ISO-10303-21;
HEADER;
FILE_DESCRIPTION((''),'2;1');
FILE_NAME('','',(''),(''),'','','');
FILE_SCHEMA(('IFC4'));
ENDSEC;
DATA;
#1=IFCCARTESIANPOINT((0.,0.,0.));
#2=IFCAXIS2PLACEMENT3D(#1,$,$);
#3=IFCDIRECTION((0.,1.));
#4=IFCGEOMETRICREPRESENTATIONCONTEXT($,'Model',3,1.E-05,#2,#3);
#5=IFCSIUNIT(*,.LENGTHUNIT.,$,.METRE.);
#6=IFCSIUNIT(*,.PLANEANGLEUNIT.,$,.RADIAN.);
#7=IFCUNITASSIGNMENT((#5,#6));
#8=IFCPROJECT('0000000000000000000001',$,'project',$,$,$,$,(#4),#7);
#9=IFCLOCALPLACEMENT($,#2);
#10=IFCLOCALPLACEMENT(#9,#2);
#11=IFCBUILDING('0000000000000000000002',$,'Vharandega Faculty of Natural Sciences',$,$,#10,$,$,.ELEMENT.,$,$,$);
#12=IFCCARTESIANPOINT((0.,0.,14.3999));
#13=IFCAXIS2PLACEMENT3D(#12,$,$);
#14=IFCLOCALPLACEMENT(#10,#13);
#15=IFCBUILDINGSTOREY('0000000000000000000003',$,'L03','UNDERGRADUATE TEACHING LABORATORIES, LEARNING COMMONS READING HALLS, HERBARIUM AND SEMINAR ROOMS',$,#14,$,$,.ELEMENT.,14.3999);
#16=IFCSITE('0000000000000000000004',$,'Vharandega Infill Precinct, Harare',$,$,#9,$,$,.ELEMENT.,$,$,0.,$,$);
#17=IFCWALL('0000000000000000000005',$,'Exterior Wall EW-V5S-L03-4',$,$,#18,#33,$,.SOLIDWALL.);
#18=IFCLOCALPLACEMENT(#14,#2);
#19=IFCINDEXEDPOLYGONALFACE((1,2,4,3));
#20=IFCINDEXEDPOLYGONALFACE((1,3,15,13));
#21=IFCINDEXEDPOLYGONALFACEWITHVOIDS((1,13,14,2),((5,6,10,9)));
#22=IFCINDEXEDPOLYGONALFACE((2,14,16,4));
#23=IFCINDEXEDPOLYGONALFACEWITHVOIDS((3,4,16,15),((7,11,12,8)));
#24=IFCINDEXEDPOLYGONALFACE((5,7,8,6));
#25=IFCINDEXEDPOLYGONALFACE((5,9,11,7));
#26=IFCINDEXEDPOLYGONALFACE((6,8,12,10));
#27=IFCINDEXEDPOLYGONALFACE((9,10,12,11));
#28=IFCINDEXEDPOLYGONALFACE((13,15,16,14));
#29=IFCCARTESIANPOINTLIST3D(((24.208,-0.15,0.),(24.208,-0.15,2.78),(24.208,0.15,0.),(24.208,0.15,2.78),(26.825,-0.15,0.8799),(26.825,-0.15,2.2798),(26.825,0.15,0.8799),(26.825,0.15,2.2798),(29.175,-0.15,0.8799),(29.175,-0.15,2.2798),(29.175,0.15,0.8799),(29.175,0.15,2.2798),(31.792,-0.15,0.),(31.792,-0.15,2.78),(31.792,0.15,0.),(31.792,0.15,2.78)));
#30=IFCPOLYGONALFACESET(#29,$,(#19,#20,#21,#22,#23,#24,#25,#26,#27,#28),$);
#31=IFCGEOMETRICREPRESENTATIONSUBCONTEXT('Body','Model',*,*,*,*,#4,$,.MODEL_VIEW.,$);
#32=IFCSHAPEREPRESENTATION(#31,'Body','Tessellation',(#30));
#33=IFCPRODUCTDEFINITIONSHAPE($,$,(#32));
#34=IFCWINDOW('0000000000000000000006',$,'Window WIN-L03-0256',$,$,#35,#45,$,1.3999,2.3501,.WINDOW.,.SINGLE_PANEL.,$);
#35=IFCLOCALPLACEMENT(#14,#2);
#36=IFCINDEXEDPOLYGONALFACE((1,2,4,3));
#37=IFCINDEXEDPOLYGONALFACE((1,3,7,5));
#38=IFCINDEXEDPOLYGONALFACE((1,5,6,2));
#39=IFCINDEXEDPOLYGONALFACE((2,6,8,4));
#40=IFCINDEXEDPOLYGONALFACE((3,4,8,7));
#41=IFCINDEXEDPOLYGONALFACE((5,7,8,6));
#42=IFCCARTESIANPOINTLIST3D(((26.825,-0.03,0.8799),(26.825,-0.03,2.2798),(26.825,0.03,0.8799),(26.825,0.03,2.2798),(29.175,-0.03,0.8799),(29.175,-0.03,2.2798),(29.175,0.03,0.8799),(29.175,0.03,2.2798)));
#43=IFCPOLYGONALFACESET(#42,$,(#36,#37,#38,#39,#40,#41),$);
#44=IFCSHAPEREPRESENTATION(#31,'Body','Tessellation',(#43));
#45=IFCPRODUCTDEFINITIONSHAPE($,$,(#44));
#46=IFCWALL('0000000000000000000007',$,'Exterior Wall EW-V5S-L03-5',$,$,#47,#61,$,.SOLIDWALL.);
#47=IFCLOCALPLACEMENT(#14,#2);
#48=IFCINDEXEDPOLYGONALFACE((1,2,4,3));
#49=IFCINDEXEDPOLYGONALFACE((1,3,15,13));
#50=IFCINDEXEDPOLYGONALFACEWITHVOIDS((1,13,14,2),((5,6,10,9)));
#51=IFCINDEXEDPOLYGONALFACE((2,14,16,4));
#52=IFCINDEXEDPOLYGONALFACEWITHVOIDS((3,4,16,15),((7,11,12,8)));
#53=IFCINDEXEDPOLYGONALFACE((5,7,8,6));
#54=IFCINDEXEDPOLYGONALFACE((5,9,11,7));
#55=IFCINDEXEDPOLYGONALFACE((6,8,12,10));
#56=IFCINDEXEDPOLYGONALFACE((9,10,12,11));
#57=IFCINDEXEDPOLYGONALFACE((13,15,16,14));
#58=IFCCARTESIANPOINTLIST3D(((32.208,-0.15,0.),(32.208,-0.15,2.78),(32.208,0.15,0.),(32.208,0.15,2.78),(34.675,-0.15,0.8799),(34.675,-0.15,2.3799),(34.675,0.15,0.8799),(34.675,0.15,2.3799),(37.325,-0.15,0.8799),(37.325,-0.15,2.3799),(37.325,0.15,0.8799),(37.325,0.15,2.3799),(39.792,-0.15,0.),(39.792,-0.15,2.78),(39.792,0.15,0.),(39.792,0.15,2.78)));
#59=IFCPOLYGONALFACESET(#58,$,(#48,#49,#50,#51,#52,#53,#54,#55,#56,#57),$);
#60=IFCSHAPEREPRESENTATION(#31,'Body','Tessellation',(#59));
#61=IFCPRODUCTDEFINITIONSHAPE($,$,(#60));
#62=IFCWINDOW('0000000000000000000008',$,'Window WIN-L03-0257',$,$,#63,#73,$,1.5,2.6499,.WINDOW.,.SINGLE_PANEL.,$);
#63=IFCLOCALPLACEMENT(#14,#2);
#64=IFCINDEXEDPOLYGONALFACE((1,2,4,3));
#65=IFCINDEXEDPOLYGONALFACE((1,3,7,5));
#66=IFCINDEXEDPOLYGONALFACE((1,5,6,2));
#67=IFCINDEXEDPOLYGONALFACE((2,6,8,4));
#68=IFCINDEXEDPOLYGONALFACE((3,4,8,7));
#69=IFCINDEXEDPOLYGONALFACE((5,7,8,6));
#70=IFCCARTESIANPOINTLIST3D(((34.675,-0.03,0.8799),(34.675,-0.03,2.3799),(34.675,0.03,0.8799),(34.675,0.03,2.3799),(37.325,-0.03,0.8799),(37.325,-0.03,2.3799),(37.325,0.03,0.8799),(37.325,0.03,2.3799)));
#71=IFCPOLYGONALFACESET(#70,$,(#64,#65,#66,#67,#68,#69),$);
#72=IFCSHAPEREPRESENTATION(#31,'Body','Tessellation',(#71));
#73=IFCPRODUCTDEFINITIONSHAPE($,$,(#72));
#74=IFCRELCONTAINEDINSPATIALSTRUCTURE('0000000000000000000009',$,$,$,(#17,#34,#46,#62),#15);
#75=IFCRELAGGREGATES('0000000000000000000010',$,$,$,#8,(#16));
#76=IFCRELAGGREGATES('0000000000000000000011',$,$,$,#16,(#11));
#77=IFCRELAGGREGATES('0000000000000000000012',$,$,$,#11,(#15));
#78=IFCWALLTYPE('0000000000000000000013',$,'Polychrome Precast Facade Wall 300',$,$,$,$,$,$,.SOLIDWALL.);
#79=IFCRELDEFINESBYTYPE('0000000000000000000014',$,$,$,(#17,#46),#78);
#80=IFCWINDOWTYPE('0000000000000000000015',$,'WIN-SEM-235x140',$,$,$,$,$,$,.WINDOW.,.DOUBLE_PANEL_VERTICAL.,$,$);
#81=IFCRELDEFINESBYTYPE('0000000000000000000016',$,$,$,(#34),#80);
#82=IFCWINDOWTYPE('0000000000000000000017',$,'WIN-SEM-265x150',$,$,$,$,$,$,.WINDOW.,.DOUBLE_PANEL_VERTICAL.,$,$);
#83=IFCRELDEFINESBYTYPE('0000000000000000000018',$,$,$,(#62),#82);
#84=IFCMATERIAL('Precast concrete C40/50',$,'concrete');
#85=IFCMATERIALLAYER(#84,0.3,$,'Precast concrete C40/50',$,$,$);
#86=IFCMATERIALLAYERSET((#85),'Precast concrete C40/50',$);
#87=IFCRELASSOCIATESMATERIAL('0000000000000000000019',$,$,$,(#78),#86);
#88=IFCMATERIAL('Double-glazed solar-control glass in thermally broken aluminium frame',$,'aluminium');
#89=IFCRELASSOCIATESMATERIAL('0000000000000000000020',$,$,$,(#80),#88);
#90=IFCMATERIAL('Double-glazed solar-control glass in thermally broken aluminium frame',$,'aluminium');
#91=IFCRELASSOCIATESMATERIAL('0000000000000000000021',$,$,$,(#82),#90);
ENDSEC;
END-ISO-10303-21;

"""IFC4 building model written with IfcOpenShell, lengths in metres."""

from ifc_helpers import new_model, si_unit, direction, frame, frame_2d, origin, place, context, subcontext, project, spatial, rectangle, extrude, material, layer, layer_set, type_object, element, fill, save


model = new_model("IFC4")

# Units and contexts
model_context = context("Model", 3, precision=1e-05, world=origin(), true_north=direction((0.0, 1.0)))
body_context = subcontext(model_context, "Body", "Model", "MODEL_VIEW")
ifc_project = project(units=[si_unit("LENGTHUNIT", "METRE"), si_unit("PLANEANGLEUNIT", "RADIAN")], contexts=[model_context])

# Site, building, storey
site_placement = place(None, origin())
site = spatial("IfcSite", under=ifc_project, at=site_placement, Name="Vharandega Infill Precinct, Harare", CompositionType="ELEMENT", RefElevation=0.0)
building_placement = place(site_placement, origin())
building = spatial("IfcBuilding", under=site, at=building_placement, Name="Vharandega Faculty of Natural Sciences", CompositionType="ELEMENT")
storey_placement = place(building_placement, frame((0.0, 0.0, 14.3999)))
storey = spatial("IfcBuildingStorey", under=building, at=storey_placement, Name="L03", Description="UNDERGRADUATE TEACHING LABORATORIES, LEARNING COMMONS READING HALLS, HERBARIUM AND SEMINAR ROOMS", CompositionType="ELEMENT", Elevation=14.3999)

# Walls, openings, windows
ifc_material_1 = material(Name="Precast concrete C40/50", Category="concrete")
ifc_layer_1 = layer(ifc_material_1, 0.3, Name="Precast concrete C40/50")
ifc_layer_set_1 = layer_set([ifc_layer_1], Name="Precast concrete C40/50")
wall_type_1 = type_object("IfcWallType", Name="Polychrome Precast Facade Wall 300", PredefinedType="SOLIDWALL", material=ifc_layer_set_1)
wall_1_placement = place(storey_placement, frame((31.792, 0.0, 0.0), z_axis=(0.0, 0.0, 1.0), x_axis=(-1.0, 0.0, 0.0)))
wall_1 = element("IfcWall", 1, at=wall_1_placement, inside=storey, type_object=wall_type_1, Name="Exterior Wall EW-V5S-L03-4", PredefinedType="SOLIDWALL", context=body_context, shape_type="SweptSolid", body=[
    extrude(rectangle(XDim=7.584, YDim=0.3, at=frame_2d((3.792, 0.0))), origin(), (0.0, 0.0, 1.0), 2.78),
])
opening_1_placement = place(wall_1_placement, frame((2.6169, 0.0, 0.8799)))
opening_1 = element("IfcOpeningElement", 2, at=opening_1_placement, cuts=wall_1, PredefinedType="OPENING", context=body_context, shape_type="SweptSolid", body=[
    extrude(rectangle(XDim=2.3501, YDim=1.3999, at=frame_2d((1.175, 0.7))), frame((0.0, 0.1602, 0.0), z_axis=(0.0, -1.0, 0.0), x_axis=(1.0, 0.0, 0.0)), (0.0, 0.0, 1.0), 0.3201),
])
ifc_material_2 = material(Name="Double-glazed solar-control glass in thermally broken aluminium frame", Category="aluminium")
window_type_1 = type_object("IfcWindowType", Name="WIN-SEM-235x140", PartitioningType="DOUBLE_PANEL_VERTICAL", PredefinedType="WINDOW", material=ifc_material_2)
window_1_placement = place(opening_1_placement, origin())
window_1 = element("IfcWindow", 3, at=window_1_placement, inside=storey, type_object=window_type_1, Name="Window WIN-L03-0256", OverallHeight=1.3999, OverallWidth=2.3501, PartitioningType="SINGLE_PANEL", PredefinedType="WINDOW", context=body_context, shape_type="SweptSolid", body=[
    extrude(rectangle(XDim=2.3501, YDim=1.3999, at=frame_2d((1.175, 0.7))), frame((0.0, 0.03, 0.0), z_axis=(0.0, -1.0, 0.0), x_axis=(1.0, 0.0, 0.0)), (0.0, 0.0, 1.0), 0.0601),
])
fill(opening_1, window_1)
wall_2_placement = place(storey_placement, frame((39.792, 0.0, 0.0), z_axis=(0.0, 0.0, 1.0), x_axis=(-1.0, 0.0, 0.0)))
wall_2 = element("IfcWall", 4, at=wall_2_placement, inside=storey, type_object=wall_type_1, Name="Exterior Wall EW-V5S-L03-5", PredefinedType="SOLIDWALL", context=body_context, shape_type="SweptSolid", body=[
    extrude(rectangle(XDim=7.584, YDim=0.3, at=frame_2d((3.792, 0.0))), origin(), (0.0, 0.0, 1.0), 2.78),
])
opening_2_placement = place(wall_2_placement, frame((2.467, 0.0, 0.8799)))
opening_2 = element("IfcOpeningElement", 5, at=opening_2_placement, cuts=wall_2, PredefinedType="OPENING", context=body_context, shape_type="SweptSolid", body=[
    extrude(rectangle(XDim=2.6499, YDim=1.5, at=frame_2d((1.325, 0.75))), frame((0.0, 0.1602, 0.0), z_axis=(0.0, -1.0, 0.0), x_axis=(1.0, 0.0, 0.0)), (0.0, 0.0, 1.0), 0.3201),
])
ifc_material_3 = material(Name="Double-glazed solar-control glass in thermally broken aluminium frame", Category="aluminium")
window_type_2 = type_object("IfcWindowType", Name="WIN-SEM-265x150", PartitioningType="DOUBLE_PANEL_VERTICAL", PredefinedType="WINDOW", material=ifc_material_3)
window_2_placement = place(opening_2_placement, origin())
window_2 = element("IfcWindow", 6, at=window_2_placement, inside=storey, type_object=window_type_2, Name="Window WIN-L03-0257", OverallHeight=1.5, OverallWidth=2.6499, PartitioningType="SINGLE_PANEL", PredefinedType="WINDOW", context=body_context, shape_type="SweptSolid", body=[
    extrude(rectangle(XDim=2.6499, YDim=1.5, at=frame_2d((1.325, 0.75))), frame((0.0, 0.03, 0.0), z_axis=(0.0, -1.0, 0.0), x_axis=(1.0, 0.0, 0.0)), (0.0, 0.0, 1.0), 0.0601),
])
fill(opening_2, window_2)

save(model, "model.ifc")
